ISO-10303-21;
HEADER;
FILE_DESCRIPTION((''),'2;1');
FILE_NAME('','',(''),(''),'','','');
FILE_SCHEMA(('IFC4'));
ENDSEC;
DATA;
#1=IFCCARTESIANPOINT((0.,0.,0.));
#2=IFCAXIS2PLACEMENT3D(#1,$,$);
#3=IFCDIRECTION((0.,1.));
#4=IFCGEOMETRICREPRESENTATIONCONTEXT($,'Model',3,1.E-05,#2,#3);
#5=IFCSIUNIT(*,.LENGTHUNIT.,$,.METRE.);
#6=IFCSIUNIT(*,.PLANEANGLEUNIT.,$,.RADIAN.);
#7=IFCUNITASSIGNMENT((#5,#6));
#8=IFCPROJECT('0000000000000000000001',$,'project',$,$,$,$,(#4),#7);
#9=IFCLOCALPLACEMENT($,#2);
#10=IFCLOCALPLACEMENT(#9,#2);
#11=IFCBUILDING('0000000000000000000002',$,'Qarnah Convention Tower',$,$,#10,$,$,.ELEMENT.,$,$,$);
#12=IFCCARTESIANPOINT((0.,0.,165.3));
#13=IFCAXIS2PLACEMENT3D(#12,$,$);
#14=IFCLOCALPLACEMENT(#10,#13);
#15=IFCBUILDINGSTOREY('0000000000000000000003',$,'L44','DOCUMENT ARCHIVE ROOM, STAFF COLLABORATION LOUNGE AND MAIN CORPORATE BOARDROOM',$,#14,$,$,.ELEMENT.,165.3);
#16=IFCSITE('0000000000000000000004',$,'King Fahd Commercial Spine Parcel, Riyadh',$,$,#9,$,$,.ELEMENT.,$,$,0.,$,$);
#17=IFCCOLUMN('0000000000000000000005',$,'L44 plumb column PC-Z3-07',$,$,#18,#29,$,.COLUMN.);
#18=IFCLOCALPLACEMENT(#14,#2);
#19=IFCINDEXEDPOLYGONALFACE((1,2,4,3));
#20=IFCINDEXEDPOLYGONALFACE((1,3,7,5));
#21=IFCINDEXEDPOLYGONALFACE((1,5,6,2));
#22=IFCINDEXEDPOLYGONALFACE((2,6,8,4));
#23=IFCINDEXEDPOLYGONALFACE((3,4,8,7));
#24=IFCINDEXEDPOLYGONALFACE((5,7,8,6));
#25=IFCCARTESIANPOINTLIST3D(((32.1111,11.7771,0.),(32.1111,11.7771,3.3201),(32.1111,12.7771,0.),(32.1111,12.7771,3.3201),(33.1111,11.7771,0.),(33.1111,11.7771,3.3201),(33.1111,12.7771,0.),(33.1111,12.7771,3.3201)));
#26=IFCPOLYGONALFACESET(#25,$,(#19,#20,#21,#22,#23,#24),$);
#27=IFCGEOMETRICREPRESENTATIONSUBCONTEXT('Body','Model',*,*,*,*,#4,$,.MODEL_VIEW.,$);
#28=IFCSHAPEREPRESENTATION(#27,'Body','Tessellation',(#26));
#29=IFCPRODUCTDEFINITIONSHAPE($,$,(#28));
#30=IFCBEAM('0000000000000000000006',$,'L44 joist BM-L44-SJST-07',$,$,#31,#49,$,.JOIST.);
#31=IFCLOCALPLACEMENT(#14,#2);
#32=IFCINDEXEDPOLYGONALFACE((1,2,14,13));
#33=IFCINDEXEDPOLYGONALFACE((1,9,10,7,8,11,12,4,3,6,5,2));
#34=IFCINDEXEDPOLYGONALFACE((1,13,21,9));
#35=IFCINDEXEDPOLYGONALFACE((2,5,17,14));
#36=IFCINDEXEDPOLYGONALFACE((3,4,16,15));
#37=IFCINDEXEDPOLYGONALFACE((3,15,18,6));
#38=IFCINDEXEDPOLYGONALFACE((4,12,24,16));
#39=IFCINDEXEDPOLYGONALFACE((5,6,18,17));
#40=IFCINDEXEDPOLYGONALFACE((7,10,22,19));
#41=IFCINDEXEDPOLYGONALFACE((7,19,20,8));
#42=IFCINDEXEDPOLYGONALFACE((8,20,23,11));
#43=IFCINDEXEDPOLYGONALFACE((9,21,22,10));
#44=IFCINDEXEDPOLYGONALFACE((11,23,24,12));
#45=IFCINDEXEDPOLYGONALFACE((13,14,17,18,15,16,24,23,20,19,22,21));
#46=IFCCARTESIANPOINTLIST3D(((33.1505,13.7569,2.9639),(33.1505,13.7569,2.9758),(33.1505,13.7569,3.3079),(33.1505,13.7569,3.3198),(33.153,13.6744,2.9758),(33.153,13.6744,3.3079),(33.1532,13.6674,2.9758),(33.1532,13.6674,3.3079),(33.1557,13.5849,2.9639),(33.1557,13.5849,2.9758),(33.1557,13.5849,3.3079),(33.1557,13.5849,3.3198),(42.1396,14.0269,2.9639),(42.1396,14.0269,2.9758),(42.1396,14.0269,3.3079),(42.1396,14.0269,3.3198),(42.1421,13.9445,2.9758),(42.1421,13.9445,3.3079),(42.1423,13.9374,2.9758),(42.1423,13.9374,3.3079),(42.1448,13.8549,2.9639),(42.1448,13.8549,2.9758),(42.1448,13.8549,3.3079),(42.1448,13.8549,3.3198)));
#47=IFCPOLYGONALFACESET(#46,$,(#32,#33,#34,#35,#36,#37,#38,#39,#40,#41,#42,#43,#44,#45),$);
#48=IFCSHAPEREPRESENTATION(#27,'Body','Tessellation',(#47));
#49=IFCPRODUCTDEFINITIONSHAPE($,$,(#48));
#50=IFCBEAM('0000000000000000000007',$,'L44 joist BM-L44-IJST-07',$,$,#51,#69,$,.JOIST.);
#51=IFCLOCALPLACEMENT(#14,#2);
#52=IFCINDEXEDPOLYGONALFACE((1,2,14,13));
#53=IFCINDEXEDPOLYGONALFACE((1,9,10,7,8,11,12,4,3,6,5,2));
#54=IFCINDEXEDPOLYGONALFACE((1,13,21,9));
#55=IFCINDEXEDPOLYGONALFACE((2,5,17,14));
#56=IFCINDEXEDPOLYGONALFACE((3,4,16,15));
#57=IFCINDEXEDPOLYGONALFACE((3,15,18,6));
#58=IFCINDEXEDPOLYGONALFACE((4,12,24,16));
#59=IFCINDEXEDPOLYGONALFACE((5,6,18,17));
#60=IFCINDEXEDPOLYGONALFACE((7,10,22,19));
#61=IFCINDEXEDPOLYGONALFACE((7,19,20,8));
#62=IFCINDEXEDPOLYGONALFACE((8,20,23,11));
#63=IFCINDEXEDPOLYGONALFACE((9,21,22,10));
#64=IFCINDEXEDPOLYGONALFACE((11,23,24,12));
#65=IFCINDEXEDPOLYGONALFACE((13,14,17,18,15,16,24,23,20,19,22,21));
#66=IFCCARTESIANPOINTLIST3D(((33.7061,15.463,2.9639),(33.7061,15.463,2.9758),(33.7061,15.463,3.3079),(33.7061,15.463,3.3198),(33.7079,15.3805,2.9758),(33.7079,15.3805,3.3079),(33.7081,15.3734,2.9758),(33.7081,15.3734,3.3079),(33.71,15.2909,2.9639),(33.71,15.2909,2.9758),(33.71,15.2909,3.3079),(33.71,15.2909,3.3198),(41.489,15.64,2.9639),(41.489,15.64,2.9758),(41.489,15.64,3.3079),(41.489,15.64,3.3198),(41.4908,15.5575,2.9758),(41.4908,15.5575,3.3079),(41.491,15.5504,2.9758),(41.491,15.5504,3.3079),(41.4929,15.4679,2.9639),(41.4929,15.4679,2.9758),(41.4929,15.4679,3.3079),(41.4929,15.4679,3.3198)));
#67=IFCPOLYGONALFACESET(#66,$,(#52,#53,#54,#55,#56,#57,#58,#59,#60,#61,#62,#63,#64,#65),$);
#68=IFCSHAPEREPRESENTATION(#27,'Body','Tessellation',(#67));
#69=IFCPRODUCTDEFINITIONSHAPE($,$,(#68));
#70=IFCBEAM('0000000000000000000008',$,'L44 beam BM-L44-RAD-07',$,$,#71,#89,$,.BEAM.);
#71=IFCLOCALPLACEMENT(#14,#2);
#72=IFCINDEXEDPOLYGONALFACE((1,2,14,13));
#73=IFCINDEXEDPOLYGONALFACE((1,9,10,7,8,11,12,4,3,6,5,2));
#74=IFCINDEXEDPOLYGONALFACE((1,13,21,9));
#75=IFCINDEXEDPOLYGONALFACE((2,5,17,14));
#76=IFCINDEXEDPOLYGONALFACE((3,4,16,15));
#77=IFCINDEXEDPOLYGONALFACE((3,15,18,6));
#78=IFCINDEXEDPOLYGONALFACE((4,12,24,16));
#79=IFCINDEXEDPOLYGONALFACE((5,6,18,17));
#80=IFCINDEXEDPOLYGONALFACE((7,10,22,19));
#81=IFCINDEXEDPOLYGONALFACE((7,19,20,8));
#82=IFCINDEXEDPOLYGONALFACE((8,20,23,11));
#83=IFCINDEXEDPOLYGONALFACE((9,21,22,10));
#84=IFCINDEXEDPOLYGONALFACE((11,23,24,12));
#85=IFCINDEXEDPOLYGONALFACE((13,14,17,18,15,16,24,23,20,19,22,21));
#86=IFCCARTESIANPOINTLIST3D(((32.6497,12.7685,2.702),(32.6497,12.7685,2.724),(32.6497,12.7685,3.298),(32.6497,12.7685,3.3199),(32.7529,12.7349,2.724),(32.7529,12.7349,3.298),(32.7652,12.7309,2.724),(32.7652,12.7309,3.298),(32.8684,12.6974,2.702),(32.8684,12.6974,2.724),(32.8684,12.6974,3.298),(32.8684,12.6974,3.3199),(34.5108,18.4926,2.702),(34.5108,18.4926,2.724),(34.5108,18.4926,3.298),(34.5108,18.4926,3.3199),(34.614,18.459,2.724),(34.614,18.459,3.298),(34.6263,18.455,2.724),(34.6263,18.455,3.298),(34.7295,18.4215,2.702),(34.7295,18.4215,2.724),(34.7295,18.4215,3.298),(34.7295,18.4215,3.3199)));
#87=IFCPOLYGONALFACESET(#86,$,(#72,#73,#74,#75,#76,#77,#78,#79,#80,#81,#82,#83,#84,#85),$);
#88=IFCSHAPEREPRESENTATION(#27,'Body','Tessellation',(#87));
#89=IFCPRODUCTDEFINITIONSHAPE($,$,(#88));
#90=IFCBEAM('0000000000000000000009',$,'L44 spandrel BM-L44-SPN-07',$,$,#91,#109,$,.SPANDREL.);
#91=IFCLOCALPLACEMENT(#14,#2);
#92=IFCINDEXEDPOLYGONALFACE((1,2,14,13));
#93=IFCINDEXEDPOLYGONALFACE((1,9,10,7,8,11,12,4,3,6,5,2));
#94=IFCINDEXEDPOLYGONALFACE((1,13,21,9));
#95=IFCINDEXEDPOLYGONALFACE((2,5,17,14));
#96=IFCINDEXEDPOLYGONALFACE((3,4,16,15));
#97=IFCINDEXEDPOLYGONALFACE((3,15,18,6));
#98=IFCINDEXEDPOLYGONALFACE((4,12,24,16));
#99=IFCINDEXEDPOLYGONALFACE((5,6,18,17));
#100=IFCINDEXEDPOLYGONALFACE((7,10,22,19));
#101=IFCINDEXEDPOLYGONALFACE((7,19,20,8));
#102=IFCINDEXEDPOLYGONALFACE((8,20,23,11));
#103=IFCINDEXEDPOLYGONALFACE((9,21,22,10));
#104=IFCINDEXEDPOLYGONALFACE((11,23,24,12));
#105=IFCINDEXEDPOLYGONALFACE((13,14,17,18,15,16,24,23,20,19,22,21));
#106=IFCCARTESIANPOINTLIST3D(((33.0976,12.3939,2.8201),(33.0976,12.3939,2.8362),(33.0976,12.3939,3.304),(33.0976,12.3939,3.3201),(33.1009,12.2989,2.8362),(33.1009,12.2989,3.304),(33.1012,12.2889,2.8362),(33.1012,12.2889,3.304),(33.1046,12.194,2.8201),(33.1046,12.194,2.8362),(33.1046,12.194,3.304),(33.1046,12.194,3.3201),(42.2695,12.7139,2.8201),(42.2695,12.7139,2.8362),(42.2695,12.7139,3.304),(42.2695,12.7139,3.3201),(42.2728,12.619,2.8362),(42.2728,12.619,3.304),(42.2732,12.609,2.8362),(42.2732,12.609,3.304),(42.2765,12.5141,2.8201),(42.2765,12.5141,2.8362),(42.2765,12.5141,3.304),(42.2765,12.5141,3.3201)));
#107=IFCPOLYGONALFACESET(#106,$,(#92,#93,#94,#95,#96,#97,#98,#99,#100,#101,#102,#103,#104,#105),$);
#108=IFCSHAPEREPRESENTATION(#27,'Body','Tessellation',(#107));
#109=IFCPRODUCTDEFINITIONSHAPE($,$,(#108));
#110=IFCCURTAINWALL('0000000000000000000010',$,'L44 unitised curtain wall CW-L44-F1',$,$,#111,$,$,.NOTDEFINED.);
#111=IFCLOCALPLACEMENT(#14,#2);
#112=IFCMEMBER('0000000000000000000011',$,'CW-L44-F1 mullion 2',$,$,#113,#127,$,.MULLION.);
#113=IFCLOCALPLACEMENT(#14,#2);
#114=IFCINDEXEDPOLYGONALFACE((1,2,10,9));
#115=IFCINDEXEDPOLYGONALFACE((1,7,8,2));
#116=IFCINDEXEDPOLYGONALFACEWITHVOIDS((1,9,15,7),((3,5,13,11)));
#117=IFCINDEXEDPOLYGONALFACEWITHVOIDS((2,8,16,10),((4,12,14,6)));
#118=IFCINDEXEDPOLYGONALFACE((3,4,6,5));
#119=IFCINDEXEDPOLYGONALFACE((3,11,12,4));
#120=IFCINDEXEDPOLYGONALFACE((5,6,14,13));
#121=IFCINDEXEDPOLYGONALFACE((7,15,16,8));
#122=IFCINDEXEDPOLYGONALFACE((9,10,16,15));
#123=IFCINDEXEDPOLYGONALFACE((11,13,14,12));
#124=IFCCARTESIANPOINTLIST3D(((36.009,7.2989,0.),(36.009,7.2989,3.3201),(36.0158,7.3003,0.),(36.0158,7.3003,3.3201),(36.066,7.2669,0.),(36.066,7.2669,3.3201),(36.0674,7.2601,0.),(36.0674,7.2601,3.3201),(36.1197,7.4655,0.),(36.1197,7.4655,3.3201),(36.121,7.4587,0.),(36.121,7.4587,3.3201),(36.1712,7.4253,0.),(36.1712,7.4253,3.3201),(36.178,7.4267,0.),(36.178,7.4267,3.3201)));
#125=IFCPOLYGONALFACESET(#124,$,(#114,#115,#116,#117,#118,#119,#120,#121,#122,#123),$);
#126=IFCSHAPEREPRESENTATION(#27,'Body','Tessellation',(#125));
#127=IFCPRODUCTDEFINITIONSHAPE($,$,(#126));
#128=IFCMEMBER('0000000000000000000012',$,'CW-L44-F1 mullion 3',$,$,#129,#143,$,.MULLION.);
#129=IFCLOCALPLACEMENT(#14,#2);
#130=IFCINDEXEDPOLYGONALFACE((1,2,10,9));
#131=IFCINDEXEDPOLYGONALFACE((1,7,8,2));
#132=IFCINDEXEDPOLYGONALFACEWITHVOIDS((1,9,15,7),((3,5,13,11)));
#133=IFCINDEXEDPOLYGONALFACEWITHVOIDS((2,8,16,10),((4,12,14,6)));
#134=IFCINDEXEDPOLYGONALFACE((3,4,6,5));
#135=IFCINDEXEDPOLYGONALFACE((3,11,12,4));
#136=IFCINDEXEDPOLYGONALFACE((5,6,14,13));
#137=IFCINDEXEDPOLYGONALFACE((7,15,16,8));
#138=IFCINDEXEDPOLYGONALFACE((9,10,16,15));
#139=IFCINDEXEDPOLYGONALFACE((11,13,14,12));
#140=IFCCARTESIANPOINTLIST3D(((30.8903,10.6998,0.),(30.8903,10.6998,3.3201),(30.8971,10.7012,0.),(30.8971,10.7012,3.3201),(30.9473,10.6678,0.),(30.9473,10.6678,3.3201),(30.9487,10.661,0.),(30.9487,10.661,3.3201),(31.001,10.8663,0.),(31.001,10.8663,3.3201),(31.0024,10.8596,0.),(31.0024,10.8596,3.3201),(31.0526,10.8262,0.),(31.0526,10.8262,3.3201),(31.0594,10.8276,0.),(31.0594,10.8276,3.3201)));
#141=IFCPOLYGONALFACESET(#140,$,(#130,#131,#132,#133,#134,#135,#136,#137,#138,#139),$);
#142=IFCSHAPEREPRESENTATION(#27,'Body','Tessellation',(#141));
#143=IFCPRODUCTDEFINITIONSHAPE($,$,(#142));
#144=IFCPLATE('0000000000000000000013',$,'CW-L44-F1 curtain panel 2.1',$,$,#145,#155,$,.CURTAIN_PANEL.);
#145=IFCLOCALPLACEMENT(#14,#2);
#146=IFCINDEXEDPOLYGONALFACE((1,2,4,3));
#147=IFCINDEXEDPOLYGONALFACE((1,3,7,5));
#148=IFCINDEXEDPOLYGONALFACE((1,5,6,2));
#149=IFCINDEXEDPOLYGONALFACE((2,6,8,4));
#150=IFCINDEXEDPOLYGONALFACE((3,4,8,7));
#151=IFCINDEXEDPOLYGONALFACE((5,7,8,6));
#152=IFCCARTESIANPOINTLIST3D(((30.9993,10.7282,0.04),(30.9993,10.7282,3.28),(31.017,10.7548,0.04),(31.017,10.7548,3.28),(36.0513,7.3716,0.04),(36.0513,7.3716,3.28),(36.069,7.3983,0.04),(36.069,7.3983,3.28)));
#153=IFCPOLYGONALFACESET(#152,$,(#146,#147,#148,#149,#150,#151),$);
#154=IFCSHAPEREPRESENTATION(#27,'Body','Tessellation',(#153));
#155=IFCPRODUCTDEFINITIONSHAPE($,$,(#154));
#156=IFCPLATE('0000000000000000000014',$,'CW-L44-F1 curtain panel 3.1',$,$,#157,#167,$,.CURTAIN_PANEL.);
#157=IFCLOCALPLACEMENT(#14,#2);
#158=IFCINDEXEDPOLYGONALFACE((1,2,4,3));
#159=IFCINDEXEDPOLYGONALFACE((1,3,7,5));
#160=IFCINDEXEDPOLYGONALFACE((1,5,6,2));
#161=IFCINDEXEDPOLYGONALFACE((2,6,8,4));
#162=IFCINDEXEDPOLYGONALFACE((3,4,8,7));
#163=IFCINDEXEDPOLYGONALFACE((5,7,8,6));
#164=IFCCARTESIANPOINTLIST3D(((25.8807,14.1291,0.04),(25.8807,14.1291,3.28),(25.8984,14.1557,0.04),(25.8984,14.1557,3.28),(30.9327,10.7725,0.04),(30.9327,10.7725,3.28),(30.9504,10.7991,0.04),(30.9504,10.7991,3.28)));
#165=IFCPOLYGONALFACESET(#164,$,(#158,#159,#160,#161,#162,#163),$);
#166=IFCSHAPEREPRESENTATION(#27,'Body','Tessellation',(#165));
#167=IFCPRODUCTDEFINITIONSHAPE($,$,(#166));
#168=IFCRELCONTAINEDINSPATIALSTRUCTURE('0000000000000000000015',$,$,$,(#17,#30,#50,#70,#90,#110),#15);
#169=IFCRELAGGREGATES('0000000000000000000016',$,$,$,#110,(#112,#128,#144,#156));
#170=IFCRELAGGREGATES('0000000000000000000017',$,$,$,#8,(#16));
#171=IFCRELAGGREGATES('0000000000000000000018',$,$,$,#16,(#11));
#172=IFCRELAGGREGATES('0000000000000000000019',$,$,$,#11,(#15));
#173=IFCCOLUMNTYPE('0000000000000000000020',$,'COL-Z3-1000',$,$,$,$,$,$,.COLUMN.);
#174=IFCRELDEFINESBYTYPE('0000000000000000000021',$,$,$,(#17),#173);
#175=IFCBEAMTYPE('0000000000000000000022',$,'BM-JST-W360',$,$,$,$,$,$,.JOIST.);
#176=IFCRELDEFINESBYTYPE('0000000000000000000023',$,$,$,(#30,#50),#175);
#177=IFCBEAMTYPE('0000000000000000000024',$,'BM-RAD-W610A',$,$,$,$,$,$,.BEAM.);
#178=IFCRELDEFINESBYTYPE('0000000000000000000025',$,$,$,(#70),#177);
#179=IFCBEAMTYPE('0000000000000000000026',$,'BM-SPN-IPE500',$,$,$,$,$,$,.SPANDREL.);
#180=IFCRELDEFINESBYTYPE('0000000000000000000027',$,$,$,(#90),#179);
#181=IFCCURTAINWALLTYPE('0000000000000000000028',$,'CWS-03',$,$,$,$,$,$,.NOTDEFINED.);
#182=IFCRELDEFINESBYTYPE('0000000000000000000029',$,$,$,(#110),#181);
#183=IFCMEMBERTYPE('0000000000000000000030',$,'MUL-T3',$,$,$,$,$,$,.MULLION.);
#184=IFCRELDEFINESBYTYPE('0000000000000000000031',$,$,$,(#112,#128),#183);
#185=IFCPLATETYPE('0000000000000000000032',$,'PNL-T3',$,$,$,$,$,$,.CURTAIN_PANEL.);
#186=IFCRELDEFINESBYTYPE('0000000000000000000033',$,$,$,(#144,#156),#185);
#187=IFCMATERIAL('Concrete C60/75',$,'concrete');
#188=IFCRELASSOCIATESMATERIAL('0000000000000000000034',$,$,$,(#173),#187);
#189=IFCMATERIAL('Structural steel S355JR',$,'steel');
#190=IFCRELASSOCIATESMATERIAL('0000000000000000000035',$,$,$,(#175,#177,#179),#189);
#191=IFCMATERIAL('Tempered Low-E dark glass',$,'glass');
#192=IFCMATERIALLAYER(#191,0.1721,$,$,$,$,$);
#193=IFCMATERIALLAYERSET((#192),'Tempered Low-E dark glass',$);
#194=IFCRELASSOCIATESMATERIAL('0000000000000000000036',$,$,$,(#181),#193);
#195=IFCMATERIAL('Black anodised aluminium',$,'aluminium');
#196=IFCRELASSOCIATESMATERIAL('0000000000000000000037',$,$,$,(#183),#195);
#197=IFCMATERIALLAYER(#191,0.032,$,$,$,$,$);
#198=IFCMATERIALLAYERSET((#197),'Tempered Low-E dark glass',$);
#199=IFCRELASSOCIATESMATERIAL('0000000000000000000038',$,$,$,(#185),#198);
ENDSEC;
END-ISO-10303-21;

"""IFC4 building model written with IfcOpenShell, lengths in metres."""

from ifc_helpers import new_model, si_unit, direction, frame, origin, origin_2d, place, context, subcontext, project, spatial, rectangle, hollow_rectangle, i_section, extrude, material, layer, layer_set, material_profile, profile_set, type_object, element, aggregate, save


model = new_model("IFC4")

# Units and contexts
model_context = context("Model", 3, precision=1e-05, world=origin(), true_north=direction((0.0, 1.0)))
body_context = subcontext(model_context, "Body", "Model", "MODEL_VIEW")
ifc_project = project(units=[si_unit("LENGTHUNIT", "METRE"), si_unit("PLANEANGLEUNIT", "RADIAN")], contexts=[model_context])

# Site, building, storey
site_placement = place(None, origin())
site = spatial("IfcSite", under=ifc_project, at=site_placement, Name="King Fahd Commercial Spine Parcel, Riyadh", CompositionType="ELEMENT", RefElevation=0.0)
building_placement = place(site_placement, origin())
building = spatial("IfcBuilding", under=site, at=building_placement, Name="Qarnah Convention Tower", CompositionType="ELEMENT")
storey_placement = place(building_placement, frame((0.0, 0.0, 165.3)))
storey = spatial("IfcBuildingStorey", under=building, at=storey_placement, Name="L44", Description="DOCUMENT ARCHIVE ROOM, STAFF COLLABORATION LOUNGE AND MAIN CORPORATE BOARDROOM", CompositionType="ELEMENT", Elevation=165.3)

# Column
ifc_material_1 = material(Name="Concrete C60/75", Category="concrete")
ifc_material_profile_1 = material_profile(ifc_material_1, rectangle(XDim=1.0, YDim=1.0, at=origin_2d()), Name="RC-COL-1000X1000")
ifc_profile_set_1 = profile_set([ifc_material_profile_1], Name="Concrete C60/75")
column_type = type_object("IfcColumnType", Name="COL-Z3-1000", PredefinedType="COLUMN", material=ifc_profile_set_1)
column_placement = place(storey_placement, frame((32.6111, 12.2771, 0.0), z_axis=(0.0, 0.0, 1.0), x_axis=(1.0, 0.0, 0.0)))
element("IfcColumn", 1, at=column_placement, inside=storey, type_object=column_type, Name="L44 plumb column PC-Z3-07", PredefinedType="COLUMN", context=body_context, shape_type="SweptSolid", body=[
    extrude(rectangle(XDim=1.0, YDim=1.0, at=origin_2d()), origin(), (0.0, 0.0, 1.0), 3.3201),
])

# Beams
ifc_material_2 = material(Name="Structural steel S355JR", Category="steel")
ifc_material_profile_2 = material_profile(ifc_material_2, i_section(OverallWidth=0.1721, OverallDepth=0.356, WebThickness=0.0071, FlangeThickness=0.012, at=origin_2d()), Name="W360X51")
ifc_profile_set_2 = profile_set([ifc_material_profile_2], Name="Structural steel S355JR")
beam_type_1 = type_object("IfcBeamType", Name="BM-JST-W360", PredefinedType="JOIST", material=ifc_profile_set_2)
beam_1_placement = place(storey_placement, frame((33.1531, 13.6709, 3.1418), z_axis=(0.999549, 0.030025, 0.0), x_axis=(-0.030025, 0.999549, 0.0)))
element("IfcBeam", 2, at=beam_1_placement, inside=storey, type_object=beam_type_1, Name="L44 joist BM-L44-SJST-07", PredefinedType="JOIST", context=body_context, shape_type="SweptSolid", body=[
    extrude(i_section(OverallWidth=0.1721, OverallDepth=0.356, WebThickness=0.0071, FlangeThickness=0.012, at=origin_2d()), origin(), (0.0, 0.0, 1.0), 8.9932),
])
beam_2_placement = place(storey_placement, frame((33.708, 15.377, 3.1418), z_axis=(0.999741, 0.022736, 0.0), x_axis=(-0.022736, 0.999741, 0.0)))
element("IfcBeam", 3, at=beam_2_placement, inside=storey, type_object=beam_type_1, Name="L44 joist BM-L44-IJST-07", PredefinedType="JOIST", context=body_context, shape_type="SweptSolid", body=[
    extrude(i_section(OverallWidth=0.1721, OverallDepth=0.356, WebThickness=0.0071, FlangeThickness=0.012, at=origin_2d()), origin(), (0.0, 0.0, 1.0), 7.7849),
])
ifc_material_profile_3 = material_profile(ifc_material_2, i_section(OverallWidth=0.23, OverallDepth=0.6179, WebThickness=0.0129, FlangeThickness=0.022, at=origin_2d()), Name="W610X140")
ifc_profile_set_3 = profile_set([ifc_material_profile_3], Name="Structural steel S355JR")
beam_type_2 = type_object("IfcBeamType", Name="BM-RAD-W610A", PredefinedType="BEAM", material=ifc_profile_set_3)
beam_3_placement = place(storey_placement, frame((34.6201, 18.457, 3.011), z_axis=(-0.309198, -0.950998, 0.0), x_axis=(0.950998, -0.309198, 0.0)))
element("IfcBeam", 4, at=beam_3_placement, inside=storey, type_object=beam_type_2, Name="L44 beam BM-L44-RAD-07", PredefinedType="BEAM", context=body_context, shape_type="SweptSolid", body=[
    extrude(i_section(OverallWidth=0.23, OverallDepth=0.6179, WebThickness=0.0129, FlangeThickness=0.022, at=origin_2d()), origin(), (0.0, 0.0, 1.0), 6.019),
])
ifc_material_profile_4 = material_profile(ifc_material_2, i_section(OverallWidth=0.2, OverallDepth=0.5, WebThickness=0.01, FlangeThickness=0.0161, at=origin_2d()), Name="IPE500")
ifc_profile_set_4 = profile_set([ifc_material_profile_4], Name="Structural steel S355JR")
beam_type_3 = type_object("IfcBeamType", Name="BM-SPN-IPE500", PredefinedType="SPANDREL", material=ifc_profile_set_4)
beam_4_placement = place(storey_placement, frame((33.1011, 12.2939, 3.0701), z_axis=(0.999392, 0.034875, 0.0), x_axis=(-0.034875, 0.999392, 0.0)))
element("IfcBeam", 5, at=beam_4_placement, inside=storey, type_object=beam_type_3, Name="L44 spandrel BM-L44-SPN-07", PredefinedType="SPANDREL", context=body_context, shape_type="SweptSolid", body=[
    extrude(i_section(OverallWidth=0.2, OverallDepth=0.5, WebThickness=0.01, FlangeThickness=0.0161, at=origin_2d()), origin(), (0.0, 0.0, 1.0), 9.1775),
])

# Curtain wall, members, plates
ifc_material_3 = material(Name="Tempered Low-E dark glass", Category="glass")
ifc_layer_1 = layer(ifc_material_3, 0.1721)
ifc_layer_set_1 = layer_set([ifc_layer_1], Name="Tempered Low-E dark glass")
curtain_wall_type = type_object("IfcCurtainWallType", Name="CWS-03", PredefinedType="NOTDEFINED", material=ifc_layer_set_1)
curtain_wall_placement = place(storey_placement, origin())
curtain_wall = element("IfcCurtainWall", 6, at=curtain_wall_placement, inside=storey, type_object=curtain_wall_type, Name="L44 unitised curtain wall CW-L44-F1", PredefinedType="NOTDEFINED")
ifc_material_4 = material(Name="Black anodised aluminium", Category="aluminium")
ifc_material_profile_5 = material_profile(ifc_material_4, hollow_rectangle(XDim=0.0701, YDim=0.2, WallThickness=0.0049, at=origin_2d()), Name="MUL-70X200")
ifc_profile_set_5 = profile_set([ifc_material_profile_5], Name="Black anodised aluminium")
member_type = type_object("IfcMemberType", Name="MUL-T3", PredefinedType="MULLION", material=ifc_profile_set_5)
member_1_placement = place(storey_placement, frame((36.0935, 7.3628, 0.0), z_axis=(0.0, 0.0, 1.0), x_axis=(-0.83292, 0.553393, 0.0)))
member_1 = element("IfcMember", 7, at=member_1_placement, type_object=member_type, Name="CW-L44-F1 mullion 2", PredefinedType="MULLION", context=body_context, shape_type="SweptSolid", body=[
    extrude(hollow_rectangle(XDim=0.0701, YDim=0.2, WallThickness=0.0049, at=origin_2d()), origin(), (0.0, 0.0, 1.0), 3.3201),
])
member_2_placement = place(storey_placement, frame((30.9749, 10.7637, 0.0), z_axis=(0.0, 0.0, 1.0), x_axis=(-0.83292, 0.553393, 0.0)))
member_2 = element("IfcMember", 8, at=member_2_placement, type_object=member_type, Name="CW-L44-F1 mullion 3", PredefinedType="MULLION", context=body_context, shape_type="SweptSolid", body=[
    extrude(hollow_rectangle(XDim=0.0701, YDim=0.2, WallThickness=0.0049, at=origin_2d()), origin(), (0.0, 0.0, 1.0), 3.3201),
])
ifc_layer_2 = layer(ifc_material_3, 0.032)
ifc_layer_set_2 = layer_set([ifc_layer_2], Name="Tempered Low-E dark glass")
plate_type = type_object("IfcPlateType", Name="PNL-T3", PredefinedType="CURTAIN_PANEL", material=ifc_layer_set_2)
plate_1_placement = place(storey_placement, frame((33.5342, 9.0632, 0.04), z_axis=(0.0, 0.0, 1.0), x_axis=(-0.83292, 0.553393, 0.0)))
plate_1 = element("IfcPlate", 9, at=plate_1_placement, type_object=plate_type, Name="CW-L44-F1 curtain panel 2.1", PredefinedType="CURTAIN_PANEL", context=body_context, shape_type="SweptSolid", body=[
    extrude(rectangle(XDim=6.0654, YDim=0.032, at=origin_2d()), origin(), (0.0, 0.0, 1.0), 3.24),
])
plate_2_placement = place(storey_placement, frame((28.4155, 12.4641, 0.04), z_axis=(0.0, 0.0, 1.0), x_axis=(-0.83292, 0.553393, 0.0)))
plate_2 = element("IfcPlate", 10, at=plate_2_placement, type_object=plate_type, Name="CW-L44-F1 curtain panel 3.1", PredefinedType="CURTAIN_PANEL", context=body_context, shape_type="SweptSolid", body=[
    extrude(rectangle(XDim=6.0654, YDim=0.032, at=origin_2d()), origin(), (0.0, 0.0, 1.0), 3.24),
])
aggregate(curtain_wall, [member_1, member_2, plate_1, plate_2])

save(model, "model.ifc")
